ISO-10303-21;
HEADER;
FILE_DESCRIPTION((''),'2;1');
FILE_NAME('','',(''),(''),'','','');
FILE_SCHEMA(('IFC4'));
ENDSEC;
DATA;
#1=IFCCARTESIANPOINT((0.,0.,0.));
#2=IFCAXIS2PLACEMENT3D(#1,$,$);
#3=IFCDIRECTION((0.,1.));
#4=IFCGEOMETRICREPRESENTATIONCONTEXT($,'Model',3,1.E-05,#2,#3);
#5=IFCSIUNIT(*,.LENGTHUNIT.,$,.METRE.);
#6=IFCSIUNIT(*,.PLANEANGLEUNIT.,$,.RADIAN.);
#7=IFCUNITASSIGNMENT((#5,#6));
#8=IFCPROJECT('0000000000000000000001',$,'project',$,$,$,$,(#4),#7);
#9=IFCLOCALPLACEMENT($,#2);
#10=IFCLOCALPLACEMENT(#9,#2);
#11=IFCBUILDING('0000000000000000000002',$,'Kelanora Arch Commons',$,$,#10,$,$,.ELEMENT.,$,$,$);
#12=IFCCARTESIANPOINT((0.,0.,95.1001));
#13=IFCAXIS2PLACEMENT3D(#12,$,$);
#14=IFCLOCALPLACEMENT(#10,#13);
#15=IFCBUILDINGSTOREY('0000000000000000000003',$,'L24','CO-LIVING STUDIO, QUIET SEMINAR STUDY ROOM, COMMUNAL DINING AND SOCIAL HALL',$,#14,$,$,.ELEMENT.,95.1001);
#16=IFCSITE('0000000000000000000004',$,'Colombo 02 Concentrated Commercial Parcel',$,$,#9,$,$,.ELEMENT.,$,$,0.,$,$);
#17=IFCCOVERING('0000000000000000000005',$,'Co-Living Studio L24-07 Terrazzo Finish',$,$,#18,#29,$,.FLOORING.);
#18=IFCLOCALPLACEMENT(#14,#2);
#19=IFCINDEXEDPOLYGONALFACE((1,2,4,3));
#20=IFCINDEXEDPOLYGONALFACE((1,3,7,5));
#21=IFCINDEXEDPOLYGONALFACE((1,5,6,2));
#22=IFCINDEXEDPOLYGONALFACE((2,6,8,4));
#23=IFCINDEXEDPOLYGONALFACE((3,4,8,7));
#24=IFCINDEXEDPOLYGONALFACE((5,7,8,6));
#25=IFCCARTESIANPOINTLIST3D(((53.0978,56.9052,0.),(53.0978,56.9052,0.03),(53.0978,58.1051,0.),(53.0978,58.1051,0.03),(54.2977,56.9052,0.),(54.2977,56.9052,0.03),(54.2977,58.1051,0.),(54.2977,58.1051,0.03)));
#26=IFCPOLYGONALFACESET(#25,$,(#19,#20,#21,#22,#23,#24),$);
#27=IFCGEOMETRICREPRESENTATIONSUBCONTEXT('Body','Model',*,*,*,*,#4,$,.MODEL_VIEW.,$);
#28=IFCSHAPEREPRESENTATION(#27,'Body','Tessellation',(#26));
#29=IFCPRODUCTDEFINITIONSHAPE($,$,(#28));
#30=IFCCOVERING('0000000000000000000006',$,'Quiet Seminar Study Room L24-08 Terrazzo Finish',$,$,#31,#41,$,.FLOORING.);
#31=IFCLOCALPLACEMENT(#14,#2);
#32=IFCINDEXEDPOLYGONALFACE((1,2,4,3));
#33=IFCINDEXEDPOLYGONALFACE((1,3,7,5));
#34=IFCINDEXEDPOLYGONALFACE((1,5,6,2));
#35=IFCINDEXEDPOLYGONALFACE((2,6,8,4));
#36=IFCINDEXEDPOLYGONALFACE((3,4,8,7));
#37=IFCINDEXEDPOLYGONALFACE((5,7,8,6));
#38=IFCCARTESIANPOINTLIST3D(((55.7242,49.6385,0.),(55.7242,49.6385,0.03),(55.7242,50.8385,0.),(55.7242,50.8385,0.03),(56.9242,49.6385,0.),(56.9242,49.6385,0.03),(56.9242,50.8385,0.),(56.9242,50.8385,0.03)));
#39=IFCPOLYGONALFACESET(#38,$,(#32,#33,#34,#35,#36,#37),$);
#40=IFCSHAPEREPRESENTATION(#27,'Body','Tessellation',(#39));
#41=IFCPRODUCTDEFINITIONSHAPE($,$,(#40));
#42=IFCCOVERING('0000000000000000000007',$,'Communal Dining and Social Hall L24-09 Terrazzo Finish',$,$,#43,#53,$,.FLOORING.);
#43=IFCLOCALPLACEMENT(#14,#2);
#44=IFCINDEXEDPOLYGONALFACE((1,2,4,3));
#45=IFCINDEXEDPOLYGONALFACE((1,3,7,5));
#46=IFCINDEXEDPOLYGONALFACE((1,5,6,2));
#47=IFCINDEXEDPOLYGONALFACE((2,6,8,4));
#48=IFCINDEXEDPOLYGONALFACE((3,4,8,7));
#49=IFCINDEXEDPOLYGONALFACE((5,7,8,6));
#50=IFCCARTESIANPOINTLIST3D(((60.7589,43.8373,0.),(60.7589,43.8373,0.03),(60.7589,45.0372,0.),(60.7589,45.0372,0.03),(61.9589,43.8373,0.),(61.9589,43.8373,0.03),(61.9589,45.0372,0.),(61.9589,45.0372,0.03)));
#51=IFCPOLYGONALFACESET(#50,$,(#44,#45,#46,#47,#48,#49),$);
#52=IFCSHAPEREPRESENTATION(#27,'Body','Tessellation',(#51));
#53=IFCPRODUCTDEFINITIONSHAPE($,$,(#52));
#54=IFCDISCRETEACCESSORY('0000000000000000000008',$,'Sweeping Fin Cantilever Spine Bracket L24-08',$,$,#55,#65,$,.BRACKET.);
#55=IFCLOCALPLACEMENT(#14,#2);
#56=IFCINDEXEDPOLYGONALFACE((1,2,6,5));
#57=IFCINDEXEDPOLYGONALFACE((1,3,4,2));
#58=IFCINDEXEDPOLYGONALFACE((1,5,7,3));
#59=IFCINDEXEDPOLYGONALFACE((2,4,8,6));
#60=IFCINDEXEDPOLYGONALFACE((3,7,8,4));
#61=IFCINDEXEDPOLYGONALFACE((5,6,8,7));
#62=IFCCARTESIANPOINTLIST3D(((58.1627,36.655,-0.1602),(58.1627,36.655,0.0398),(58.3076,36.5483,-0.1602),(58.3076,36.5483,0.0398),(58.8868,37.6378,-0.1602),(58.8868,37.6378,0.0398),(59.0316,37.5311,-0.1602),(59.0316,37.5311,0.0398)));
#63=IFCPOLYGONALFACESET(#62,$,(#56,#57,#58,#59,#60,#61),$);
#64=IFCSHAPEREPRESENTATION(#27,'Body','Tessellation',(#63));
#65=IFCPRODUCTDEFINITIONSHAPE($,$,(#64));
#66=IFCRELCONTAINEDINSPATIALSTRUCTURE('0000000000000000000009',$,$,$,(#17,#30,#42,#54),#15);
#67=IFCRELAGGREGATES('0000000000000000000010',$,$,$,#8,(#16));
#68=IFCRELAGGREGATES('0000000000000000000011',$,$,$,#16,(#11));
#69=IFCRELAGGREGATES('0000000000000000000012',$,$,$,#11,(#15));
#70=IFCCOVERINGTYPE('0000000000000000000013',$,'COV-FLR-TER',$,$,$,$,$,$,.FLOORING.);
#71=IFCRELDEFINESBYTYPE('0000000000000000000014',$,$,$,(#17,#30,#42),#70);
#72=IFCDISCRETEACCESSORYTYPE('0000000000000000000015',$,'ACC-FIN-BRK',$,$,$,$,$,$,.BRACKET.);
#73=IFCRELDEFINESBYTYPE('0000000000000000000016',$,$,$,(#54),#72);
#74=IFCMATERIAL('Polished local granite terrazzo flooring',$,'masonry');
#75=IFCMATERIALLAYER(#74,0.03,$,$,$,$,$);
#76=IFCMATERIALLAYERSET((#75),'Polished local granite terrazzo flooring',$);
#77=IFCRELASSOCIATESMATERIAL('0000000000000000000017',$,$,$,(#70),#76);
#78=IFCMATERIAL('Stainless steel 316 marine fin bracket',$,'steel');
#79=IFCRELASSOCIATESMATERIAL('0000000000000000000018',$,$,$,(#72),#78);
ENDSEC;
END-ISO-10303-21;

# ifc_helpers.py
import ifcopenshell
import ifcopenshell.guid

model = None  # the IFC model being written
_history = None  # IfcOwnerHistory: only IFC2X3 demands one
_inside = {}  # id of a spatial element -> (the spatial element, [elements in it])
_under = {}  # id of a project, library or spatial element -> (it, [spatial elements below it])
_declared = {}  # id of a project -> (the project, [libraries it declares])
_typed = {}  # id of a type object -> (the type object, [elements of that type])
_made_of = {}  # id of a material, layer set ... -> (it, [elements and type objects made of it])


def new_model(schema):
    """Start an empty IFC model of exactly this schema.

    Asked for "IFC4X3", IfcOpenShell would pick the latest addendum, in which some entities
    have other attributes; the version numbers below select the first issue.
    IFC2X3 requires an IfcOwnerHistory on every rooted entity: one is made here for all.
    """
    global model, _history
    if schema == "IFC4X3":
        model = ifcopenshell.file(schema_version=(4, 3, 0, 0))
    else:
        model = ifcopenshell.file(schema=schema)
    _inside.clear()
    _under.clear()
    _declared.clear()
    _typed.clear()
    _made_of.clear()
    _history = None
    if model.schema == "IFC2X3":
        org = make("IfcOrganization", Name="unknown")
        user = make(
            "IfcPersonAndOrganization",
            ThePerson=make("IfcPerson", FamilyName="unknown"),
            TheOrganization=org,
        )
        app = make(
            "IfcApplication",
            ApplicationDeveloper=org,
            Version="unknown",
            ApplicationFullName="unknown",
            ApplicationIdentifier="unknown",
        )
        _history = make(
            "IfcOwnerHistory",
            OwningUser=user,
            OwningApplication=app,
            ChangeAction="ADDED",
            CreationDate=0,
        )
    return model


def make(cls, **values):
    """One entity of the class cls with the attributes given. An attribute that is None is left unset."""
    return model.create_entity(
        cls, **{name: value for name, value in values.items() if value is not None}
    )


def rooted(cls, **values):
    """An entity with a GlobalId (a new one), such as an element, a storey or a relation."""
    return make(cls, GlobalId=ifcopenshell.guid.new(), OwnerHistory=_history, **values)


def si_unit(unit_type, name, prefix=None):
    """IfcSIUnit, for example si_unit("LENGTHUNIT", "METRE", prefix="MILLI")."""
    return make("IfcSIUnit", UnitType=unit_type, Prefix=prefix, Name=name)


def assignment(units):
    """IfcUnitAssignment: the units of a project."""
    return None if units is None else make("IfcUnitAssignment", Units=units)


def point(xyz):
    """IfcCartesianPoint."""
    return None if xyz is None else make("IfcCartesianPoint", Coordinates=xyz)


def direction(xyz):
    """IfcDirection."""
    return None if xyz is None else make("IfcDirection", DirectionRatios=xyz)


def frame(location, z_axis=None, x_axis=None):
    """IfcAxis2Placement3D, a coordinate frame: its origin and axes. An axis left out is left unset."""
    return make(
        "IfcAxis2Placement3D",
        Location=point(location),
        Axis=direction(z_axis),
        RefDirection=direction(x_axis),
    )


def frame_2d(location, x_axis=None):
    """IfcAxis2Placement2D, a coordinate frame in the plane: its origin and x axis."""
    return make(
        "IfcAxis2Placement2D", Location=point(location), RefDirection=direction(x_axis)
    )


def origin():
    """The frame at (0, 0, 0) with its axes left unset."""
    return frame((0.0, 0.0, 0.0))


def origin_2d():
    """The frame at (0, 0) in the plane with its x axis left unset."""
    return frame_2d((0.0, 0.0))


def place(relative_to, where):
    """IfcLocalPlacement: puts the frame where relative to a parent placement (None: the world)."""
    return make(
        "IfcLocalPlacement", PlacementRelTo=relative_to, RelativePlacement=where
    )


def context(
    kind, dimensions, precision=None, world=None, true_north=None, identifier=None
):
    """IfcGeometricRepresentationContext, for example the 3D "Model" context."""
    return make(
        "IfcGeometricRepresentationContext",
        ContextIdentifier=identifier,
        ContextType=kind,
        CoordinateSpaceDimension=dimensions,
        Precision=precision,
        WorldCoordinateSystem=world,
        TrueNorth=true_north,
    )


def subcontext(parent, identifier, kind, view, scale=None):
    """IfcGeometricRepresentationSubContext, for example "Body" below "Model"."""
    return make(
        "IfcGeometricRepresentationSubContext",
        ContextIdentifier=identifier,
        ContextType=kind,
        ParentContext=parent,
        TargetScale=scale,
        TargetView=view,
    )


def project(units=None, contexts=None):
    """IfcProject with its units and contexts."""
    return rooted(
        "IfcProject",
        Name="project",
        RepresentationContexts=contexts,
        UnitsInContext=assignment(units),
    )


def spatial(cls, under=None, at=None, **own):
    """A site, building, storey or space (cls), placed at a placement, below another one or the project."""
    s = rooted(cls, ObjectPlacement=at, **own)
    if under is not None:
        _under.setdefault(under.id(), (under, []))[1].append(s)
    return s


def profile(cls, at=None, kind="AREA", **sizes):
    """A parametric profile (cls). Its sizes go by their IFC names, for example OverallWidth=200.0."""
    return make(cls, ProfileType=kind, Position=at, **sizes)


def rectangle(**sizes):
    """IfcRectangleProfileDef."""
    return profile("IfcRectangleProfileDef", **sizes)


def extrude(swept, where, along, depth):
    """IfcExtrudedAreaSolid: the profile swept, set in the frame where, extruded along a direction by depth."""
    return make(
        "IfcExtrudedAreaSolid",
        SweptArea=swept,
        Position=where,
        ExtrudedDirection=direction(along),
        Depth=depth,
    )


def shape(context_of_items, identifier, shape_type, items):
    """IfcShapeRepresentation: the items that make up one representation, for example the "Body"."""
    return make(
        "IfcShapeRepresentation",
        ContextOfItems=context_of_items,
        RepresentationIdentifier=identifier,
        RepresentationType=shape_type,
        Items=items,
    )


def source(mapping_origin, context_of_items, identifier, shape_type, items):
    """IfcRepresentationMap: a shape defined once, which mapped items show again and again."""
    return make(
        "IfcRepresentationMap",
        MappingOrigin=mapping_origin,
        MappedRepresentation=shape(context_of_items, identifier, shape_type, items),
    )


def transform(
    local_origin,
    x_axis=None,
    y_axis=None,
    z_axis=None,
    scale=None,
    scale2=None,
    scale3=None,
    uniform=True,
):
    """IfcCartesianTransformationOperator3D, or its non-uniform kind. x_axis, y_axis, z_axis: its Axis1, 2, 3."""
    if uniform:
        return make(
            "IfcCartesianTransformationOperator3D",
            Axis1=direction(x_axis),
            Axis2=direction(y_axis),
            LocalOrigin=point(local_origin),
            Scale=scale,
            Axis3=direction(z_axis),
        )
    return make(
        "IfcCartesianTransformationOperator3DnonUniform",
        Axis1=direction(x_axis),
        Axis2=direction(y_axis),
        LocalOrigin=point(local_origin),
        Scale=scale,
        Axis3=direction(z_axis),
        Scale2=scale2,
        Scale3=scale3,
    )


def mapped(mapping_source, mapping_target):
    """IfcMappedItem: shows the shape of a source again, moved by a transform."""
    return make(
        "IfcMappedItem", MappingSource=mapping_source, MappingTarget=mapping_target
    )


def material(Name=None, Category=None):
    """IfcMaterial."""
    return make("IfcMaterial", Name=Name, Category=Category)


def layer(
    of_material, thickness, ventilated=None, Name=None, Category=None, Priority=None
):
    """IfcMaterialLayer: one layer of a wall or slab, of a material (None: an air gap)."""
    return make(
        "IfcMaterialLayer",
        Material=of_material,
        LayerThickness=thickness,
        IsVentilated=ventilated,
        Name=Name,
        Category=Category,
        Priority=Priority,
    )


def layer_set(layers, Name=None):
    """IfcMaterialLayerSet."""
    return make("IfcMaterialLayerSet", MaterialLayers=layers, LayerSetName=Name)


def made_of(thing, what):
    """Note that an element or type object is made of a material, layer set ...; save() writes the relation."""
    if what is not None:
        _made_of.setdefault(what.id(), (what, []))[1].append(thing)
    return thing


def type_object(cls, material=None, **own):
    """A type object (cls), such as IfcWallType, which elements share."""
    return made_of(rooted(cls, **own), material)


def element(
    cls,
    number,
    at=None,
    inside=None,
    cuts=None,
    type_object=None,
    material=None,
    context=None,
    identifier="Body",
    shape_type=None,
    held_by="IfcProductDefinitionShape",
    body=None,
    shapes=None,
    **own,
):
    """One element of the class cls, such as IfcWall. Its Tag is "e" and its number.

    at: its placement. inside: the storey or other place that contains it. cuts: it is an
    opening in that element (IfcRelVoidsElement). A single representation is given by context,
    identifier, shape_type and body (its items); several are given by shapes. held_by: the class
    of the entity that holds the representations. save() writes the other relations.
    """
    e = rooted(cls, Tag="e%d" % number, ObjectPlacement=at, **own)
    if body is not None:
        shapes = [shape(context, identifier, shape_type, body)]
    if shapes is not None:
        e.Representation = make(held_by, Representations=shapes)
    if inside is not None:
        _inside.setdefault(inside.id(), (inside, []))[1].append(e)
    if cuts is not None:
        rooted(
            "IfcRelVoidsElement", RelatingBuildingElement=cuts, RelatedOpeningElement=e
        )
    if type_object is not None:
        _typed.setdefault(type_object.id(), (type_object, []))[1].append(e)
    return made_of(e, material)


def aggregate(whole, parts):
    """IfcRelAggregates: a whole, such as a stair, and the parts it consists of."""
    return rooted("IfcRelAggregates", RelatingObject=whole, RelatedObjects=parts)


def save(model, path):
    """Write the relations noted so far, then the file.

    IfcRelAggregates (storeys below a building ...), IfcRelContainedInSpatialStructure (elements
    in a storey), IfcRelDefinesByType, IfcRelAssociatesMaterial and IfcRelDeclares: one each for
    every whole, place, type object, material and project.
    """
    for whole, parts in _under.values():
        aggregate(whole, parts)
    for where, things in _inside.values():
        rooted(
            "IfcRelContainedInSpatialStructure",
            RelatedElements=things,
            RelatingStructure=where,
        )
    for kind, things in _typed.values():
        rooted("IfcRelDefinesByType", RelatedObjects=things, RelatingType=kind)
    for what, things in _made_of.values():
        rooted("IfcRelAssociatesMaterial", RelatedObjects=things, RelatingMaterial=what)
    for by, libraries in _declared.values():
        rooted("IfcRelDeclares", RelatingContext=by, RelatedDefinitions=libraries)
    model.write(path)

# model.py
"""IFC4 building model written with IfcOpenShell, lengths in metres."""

from ifc_helpers import new_model, si_unit, direction, frame, origin, origin_2d, place, context, subcontext, project, spatial, rectangle, extrude, source, transform, mapped, material, layer, layer_set, type_object, element, save


model = new_model("IFC4")

# Units and contexts
model_context = context("Model", 3, precision=1e-05, world=origin(), true_north=direction((0.0, 1.0)))
body_context = subcontext(model_context, "Body", "Model", "MODEL_VIEW")
ifc_project = project(units=[si_unit("LENGTHUNIT", "METRE"), si_unit("PLANEANGLEUNIT", "RADIAN")], contexts=[model_context])

# Site, building, storey
site_placement = place(None, origin())
site = spatial("IfcSite", under=ifc_project, at=site_placement, Name="Colombo 02 Concentrated Commercial Parcel", CompositionType="ELEMENT", RefElevation=0.0)
building_placement = place(site_placement, origin())
building = spatial("IfcBuilding", under=site, at=building_placement, Name="Kelanora Arch Commons", CompositionType="ELEMENT")
storey_placement = place(building_placement, frame((0.0, 0.0, 95.1001)))
storey = spatial("IfcBuildingStorey", under=building, at=storey_placement, Name="L24", Description="CO-LIVING STUDIO, QUIET SEMINAR STUDY ROOM, COMMUNAL DINING AND SOCIAL HALL", CompositionType="ELEMENT", Elevation=95.1001)

# Coverings
ifc_material_1 = material(Name="Polished local granite terrazzo flooring", Category="masonry")
ifc_layer_1 = layer(ifc_material_1, 0.03)
ifc_layer_set_1 = layer_set([ifc_layer_1], Name="Polished local granite terrazzo flooring")
covering_type = type_object("IfcCoveringType", Name="COV-FLR-TER", PredefinedType="FLOORING", material=ifc_layer_set_1)
shared_shape_1 = source(origin(), body_context, "Body", "SweptSolid", [
    extrude(rectangle(XDim=1.2, YDim=1.2, at=origin_2d()), origin(), (0.0, 0.0, 1.0), 0.03),
])
for number, where, z_axis, x_axis, name in (
    (1, (53.6978, 57.5051, 0.0), (0.0, 0.0, 1.0), (1.0, 0.0, 0.0), "Co-Living Studio L24-07 Terrazzo Finish"),
    (2, (56.3242, 50.2385, 0.0), (0.0, 0.0, 1.0), (1.0, 0.0, 0.0), "Quiet Seminar Study Room L24-08 Terrazzo Finish"),
    (3, (61.3589, 44.4373, 0.0), (0.0, 0.0, 1.0), (1.0, 0.0, 0.0), "Communal Dining and Social Hall L24-09 Terrazzo Finish"),
):
    element("IfcCovering", number, at=place(storey_placement, frame(where, z_axis=z_axis, x_axis=x_axis)), inside=storey, type_object=covering_type, Name=name, PredefinedType="FLOORING", context=body_context, shape_type="MappedRepresentation", body=[
        mapped(shared_shape_1, transform((0.0, 0.0, 0.0), scale=1.0)),
    ])

# Discrete accessory
ifc_material_2 = material(Name="Stainless steel 316 marine fin bracket", Category="steel")
discrete_accessory_type = type_object("IfcDiscreteAccessoryType", Name="ACC-FIN-BRK", PredefinedType="BRACKET", material=ifc_material_2)
shared_shape_2 = source(origin(), body_context, "Body", "SweptSolid", [
    extrude(rectangle(XDim=1.2207, YDim=0.1799, at=origin_2d()), origin(), (0.0, 0.0, 1.0), 0.2),
])
discrete_accessory_placement = place(storey_placement, frame((58.5972, 37.093, -0.1602), z_axis=(0.0, 0.0, 1.0), x_axis=(-0.593138, -0.805101, 0.0)))
element("IfcDiscreteAccessory", 4, at=discrete_accessory_placement, inside=storey, type_object=discrete_accessory_type, Name="Sweeping Fin Cantilever Spine Bracket L24-08", PredefinedType="BRACKET", context=body_context, shape_type="MappedRepresentation", body=[
    mapped(shared_shape_2, transform((0.0, 0.0, 0.0), scale=1.0)),
])

save(model, "model.ifc")
